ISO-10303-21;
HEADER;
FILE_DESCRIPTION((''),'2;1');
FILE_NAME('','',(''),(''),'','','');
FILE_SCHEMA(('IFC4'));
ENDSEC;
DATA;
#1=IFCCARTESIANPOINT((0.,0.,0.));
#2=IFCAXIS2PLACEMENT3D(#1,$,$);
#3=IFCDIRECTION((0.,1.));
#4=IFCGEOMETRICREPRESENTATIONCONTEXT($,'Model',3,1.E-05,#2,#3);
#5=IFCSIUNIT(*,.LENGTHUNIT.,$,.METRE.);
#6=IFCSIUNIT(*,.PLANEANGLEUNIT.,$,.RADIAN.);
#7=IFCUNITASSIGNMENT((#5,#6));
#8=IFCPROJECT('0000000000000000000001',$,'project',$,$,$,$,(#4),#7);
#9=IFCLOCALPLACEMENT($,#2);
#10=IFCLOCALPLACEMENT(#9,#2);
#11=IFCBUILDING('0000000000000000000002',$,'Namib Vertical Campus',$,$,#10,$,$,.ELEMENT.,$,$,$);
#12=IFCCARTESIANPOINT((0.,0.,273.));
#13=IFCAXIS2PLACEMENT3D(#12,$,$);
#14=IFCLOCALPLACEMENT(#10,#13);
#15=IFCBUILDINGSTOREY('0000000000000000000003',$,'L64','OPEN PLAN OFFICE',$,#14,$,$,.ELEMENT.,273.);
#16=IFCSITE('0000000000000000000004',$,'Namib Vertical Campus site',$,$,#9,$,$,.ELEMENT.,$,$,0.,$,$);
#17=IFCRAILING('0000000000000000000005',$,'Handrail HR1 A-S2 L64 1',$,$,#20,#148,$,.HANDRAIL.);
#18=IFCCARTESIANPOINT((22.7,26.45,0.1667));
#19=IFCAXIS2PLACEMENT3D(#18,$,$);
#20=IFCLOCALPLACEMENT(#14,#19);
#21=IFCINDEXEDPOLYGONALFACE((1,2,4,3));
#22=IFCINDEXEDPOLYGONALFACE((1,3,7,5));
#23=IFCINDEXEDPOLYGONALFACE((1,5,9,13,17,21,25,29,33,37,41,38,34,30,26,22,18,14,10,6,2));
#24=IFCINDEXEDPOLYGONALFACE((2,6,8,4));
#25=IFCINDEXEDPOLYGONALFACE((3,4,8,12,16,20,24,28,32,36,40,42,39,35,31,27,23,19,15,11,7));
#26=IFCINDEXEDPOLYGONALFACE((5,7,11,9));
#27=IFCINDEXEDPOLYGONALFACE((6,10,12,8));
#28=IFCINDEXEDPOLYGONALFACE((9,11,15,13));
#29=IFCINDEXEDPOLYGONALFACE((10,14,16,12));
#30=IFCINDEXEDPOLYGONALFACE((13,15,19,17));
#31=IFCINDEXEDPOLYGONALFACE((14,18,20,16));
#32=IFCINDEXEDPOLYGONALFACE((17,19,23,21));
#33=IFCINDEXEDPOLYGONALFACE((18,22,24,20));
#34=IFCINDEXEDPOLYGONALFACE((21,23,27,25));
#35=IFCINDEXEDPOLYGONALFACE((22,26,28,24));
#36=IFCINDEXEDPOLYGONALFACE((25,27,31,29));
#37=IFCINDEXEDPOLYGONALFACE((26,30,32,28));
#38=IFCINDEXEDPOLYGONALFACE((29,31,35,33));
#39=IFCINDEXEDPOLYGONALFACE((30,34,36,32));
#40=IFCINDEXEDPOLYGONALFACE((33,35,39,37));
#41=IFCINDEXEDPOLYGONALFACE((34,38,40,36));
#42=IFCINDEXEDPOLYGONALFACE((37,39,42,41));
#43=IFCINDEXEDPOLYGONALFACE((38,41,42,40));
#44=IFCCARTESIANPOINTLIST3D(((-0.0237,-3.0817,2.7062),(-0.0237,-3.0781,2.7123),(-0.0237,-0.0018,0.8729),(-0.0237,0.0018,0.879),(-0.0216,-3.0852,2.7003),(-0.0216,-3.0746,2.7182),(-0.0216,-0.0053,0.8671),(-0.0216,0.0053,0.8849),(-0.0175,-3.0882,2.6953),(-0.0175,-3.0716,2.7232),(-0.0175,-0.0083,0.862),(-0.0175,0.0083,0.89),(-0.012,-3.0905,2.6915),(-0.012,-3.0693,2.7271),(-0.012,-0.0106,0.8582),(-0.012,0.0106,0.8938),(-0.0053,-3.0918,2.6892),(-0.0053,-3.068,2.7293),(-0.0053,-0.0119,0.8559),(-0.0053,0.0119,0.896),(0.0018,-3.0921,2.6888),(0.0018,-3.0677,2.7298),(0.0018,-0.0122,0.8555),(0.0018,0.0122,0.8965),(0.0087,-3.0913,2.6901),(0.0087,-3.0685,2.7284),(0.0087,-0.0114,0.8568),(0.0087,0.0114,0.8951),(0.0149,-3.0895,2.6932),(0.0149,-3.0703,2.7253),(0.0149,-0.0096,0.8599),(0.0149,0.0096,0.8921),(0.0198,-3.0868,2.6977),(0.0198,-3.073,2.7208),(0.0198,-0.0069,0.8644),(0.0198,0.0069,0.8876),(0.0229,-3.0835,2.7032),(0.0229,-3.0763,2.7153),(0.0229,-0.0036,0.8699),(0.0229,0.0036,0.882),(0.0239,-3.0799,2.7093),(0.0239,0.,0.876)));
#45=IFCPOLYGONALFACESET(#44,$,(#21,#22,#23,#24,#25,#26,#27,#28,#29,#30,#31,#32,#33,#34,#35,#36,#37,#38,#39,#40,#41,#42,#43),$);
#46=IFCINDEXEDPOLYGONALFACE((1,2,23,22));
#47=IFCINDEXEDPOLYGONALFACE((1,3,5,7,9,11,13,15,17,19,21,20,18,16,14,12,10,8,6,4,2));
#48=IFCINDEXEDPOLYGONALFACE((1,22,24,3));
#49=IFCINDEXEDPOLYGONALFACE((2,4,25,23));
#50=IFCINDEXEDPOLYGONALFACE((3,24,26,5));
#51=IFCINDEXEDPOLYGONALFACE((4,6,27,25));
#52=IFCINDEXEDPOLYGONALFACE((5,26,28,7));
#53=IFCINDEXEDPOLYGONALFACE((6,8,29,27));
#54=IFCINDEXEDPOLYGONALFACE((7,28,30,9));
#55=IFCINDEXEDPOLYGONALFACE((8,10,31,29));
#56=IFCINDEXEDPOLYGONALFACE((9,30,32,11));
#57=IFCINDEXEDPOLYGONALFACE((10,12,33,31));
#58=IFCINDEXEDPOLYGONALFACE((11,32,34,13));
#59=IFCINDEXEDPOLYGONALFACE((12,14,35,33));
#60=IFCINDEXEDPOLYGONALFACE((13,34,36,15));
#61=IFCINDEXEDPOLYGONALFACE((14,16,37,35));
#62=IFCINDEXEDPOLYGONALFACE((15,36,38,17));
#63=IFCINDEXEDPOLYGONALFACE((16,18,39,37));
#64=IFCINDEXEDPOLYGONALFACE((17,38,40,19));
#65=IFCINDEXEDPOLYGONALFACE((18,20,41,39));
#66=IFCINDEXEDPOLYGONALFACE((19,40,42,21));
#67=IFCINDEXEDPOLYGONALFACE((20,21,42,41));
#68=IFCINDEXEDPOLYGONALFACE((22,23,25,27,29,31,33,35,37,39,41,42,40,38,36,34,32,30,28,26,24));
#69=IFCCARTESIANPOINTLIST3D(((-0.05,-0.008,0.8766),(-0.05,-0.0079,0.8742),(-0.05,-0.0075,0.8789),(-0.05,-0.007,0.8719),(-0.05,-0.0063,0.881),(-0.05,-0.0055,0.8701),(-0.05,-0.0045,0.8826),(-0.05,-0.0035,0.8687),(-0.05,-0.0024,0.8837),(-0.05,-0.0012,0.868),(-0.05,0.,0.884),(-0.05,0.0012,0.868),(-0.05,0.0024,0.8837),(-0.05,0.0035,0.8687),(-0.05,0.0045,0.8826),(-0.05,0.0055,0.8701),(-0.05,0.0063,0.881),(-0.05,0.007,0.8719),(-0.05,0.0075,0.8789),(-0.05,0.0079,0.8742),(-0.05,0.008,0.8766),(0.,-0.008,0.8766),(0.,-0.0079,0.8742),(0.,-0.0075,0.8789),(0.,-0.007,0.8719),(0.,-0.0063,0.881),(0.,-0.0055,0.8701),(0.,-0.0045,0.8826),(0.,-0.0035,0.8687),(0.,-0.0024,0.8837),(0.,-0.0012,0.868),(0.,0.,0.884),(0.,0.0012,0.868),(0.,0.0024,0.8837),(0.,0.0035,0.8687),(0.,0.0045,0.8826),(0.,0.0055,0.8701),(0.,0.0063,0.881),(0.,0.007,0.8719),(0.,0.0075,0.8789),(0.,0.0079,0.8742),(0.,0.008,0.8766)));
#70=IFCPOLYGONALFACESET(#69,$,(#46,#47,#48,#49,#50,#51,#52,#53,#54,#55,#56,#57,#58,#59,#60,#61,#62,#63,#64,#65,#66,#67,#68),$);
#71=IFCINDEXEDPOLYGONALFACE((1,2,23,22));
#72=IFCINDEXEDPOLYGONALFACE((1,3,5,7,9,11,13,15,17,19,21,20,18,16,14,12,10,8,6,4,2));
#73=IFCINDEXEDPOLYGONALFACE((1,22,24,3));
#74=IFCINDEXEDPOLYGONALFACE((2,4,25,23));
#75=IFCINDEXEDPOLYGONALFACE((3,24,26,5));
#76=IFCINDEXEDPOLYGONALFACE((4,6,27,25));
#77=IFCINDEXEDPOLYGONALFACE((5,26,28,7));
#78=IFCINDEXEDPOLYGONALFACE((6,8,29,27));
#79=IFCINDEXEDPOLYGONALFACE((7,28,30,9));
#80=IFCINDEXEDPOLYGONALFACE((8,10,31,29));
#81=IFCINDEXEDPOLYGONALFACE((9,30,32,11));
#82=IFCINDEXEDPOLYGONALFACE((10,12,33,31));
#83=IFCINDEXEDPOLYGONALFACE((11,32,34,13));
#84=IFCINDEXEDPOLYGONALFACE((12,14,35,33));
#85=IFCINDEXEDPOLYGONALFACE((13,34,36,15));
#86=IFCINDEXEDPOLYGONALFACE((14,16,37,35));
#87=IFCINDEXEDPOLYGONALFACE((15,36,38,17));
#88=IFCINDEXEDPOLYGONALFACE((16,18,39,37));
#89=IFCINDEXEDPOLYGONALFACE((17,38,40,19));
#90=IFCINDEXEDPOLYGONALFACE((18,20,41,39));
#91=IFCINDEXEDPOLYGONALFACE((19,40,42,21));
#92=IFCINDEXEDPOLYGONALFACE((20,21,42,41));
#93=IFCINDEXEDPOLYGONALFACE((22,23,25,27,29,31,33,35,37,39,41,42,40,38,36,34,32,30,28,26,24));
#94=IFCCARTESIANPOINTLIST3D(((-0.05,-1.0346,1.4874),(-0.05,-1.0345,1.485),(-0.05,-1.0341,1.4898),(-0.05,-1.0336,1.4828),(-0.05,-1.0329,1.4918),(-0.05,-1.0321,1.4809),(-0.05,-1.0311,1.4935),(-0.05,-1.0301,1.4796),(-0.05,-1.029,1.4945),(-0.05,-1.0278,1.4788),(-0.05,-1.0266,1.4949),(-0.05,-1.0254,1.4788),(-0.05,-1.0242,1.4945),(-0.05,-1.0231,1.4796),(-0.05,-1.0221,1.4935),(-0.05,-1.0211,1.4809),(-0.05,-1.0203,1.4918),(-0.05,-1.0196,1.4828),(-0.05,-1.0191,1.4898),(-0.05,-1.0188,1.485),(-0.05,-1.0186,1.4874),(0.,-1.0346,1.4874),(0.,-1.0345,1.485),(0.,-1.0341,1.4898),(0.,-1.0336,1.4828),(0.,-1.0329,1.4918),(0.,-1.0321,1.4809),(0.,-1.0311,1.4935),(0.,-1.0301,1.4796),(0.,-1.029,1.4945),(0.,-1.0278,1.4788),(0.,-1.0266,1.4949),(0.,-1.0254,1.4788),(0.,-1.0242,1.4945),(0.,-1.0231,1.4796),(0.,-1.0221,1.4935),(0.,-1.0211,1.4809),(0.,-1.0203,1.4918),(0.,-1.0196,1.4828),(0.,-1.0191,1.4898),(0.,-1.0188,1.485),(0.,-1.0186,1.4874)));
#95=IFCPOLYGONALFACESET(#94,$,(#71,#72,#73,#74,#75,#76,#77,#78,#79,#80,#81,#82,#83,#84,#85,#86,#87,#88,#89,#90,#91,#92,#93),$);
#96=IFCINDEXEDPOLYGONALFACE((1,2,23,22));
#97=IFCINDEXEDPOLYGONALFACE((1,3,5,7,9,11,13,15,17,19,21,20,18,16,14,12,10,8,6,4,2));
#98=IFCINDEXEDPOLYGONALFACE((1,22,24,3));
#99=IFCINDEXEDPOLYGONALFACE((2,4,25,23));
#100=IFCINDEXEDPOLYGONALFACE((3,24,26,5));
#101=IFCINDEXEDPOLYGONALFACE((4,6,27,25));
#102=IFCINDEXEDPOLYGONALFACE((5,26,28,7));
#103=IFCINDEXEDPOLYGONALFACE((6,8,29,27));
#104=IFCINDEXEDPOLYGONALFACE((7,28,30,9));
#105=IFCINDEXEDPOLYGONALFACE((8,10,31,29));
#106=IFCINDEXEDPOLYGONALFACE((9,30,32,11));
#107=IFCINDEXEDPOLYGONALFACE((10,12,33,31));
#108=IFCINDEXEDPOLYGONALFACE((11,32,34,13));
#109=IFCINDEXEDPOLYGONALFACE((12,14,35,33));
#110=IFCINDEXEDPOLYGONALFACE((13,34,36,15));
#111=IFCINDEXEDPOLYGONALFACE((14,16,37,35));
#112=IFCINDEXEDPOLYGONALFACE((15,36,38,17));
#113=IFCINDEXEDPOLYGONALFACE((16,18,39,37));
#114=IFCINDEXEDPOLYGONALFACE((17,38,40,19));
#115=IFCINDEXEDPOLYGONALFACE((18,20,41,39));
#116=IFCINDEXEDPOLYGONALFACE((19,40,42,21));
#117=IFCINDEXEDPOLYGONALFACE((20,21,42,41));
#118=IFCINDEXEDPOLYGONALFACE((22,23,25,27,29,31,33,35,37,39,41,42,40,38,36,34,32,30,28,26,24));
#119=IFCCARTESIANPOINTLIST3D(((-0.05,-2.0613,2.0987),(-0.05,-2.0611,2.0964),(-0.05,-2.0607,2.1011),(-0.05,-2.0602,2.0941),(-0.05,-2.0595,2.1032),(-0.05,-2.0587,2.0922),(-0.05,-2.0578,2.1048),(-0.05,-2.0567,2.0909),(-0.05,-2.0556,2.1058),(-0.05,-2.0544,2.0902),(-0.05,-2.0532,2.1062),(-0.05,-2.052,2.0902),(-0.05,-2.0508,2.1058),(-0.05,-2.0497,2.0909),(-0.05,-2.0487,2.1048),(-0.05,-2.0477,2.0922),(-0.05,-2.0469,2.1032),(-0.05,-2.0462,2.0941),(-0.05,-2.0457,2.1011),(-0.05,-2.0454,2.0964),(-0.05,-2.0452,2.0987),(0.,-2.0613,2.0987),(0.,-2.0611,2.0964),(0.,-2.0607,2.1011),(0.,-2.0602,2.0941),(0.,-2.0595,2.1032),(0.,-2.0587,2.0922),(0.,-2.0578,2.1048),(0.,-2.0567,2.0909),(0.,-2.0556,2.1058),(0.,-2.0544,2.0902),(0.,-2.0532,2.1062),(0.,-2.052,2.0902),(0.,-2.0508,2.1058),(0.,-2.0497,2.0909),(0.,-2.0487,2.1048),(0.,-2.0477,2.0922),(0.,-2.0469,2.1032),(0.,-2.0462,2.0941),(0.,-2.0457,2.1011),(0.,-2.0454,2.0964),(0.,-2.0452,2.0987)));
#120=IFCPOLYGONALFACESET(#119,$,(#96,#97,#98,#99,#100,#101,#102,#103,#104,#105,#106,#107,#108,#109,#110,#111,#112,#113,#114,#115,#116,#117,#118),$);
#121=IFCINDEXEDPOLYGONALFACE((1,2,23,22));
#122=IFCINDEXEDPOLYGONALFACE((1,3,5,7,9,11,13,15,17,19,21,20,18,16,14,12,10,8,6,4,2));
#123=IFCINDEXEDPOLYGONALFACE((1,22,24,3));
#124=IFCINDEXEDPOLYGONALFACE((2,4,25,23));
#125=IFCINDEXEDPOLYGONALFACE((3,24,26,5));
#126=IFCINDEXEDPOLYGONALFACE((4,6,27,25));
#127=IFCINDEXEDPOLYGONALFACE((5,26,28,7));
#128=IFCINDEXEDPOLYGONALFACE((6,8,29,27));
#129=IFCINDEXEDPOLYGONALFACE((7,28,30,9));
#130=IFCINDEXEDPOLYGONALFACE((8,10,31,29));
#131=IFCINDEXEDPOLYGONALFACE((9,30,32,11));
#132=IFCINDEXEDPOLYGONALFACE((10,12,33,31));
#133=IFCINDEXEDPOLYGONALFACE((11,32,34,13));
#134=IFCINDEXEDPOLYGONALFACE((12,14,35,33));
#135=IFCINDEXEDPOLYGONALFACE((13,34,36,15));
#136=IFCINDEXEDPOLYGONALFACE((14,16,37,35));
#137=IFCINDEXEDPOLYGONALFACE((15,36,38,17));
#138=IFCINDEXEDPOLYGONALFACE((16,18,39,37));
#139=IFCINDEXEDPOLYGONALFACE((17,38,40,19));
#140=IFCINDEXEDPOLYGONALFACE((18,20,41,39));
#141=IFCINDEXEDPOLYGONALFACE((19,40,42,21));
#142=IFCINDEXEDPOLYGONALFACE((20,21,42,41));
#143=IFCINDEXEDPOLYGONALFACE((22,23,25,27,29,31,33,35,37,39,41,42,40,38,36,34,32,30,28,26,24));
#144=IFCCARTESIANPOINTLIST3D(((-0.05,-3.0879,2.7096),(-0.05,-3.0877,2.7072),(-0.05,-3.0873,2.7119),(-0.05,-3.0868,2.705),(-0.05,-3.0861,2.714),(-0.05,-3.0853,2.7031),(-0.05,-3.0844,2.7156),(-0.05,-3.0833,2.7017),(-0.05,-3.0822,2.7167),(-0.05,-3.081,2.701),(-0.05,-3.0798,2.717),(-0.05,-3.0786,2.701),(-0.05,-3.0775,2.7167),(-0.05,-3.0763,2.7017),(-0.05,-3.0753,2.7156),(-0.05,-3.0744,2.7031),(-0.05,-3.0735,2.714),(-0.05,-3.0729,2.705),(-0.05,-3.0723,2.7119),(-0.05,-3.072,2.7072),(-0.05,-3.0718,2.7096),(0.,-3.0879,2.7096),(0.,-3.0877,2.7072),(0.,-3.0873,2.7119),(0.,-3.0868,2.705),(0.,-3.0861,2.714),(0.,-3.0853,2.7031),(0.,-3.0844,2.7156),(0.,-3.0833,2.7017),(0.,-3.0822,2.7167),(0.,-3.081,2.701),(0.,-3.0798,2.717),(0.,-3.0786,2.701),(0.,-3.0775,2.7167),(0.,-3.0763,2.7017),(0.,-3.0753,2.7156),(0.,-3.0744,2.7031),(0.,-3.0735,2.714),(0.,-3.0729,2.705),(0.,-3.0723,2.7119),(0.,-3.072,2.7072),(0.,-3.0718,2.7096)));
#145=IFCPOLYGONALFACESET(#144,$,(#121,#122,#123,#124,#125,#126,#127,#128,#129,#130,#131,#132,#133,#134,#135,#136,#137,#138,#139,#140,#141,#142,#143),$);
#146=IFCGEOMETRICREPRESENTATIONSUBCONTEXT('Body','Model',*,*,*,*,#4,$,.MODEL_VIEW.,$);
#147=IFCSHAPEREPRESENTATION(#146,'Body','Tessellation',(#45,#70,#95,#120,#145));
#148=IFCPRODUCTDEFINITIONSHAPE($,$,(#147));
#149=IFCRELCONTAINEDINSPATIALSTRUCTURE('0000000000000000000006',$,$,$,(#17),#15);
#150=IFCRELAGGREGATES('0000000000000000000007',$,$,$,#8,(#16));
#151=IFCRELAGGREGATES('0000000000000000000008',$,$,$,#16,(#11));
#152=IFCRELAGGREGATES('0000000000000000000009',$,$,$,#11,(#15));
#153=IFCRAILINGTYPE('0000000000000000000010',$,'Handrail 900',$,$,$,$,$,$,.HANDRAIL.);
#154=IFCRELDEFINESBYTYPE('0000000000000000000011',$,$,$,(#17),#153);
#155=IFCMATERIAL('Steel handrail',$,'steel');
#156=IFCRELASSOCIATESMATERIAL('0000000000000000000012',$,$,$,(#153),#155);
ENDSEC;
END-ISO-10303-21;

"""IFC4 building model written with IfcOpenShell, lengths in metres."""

from ifc_helpers import new_model, si_unit, direction, frame, origin, origin_2d, place, context, subcontext, project, spatial, circle, extrude, material, type_object, element, save


model = new_model("IFC4")

# Units and contexts
model_context = context("Model", 3, precision=1e-05, world=origin(), true_north=direction((0.0, 1.0)))
body_context = subcontext(model_context, "Body", "Model", "MODEL_VIEW")
ifc_project = project(units=[si_unit("LENGTHUNIT", "METRE"), si_unit("PLANEANGLEUNIT", "RADIAN")], contexts=[model_context])

# Site, building, storey
site_placement = place(None, origin())
site = spatial("IfcSite", under=ifc_project, at=site_placement, Name="Namib Vertical Campus site", CompositionType="ELEMENT", RefElevation=0.0)
building_placement = place(site_placement, origin())
building = spatial("IfcBuilding", under=site, at=building_placement, Name="Namib Vertical Campus", CompositionType="ELEMENT")
storey_placement = place(building_placement, frame((0.0, 0.0, 273.0)))
storey = spatial("IfcBuildingStorey", under=building, at=storey_placement, Name="L64", Description="OPEN PLAN OFFICE", CompositionType="ELEMENT", Elevation=273.0)

# Railing
ifc_material_1 = material(Name="Steel handrail", Category="steel")
railing_type_1 = type_object("IfcRailingType", Name="Handrail 900", PredefinedType="HANDRAIL", material=ifc_material_1)
railing_1_placement = place(storey_placement, frame((22.7, 26.45, 0.1667)))
element("IfcRailing", 1, at=railing_1_placement, inside=storey, type_object=railing_type_1, Name="Handrail HR1 A-S2 L64 1", PredefinedType="HANDRAIL", context=body_context, shape_type="SweptSolid", body=[
    extrude(circle(Radius=0.0239, at=origin_2d()), frame((0.0, 0.0, 0.876), z_axis=(0.0, -0.859291, 0.511487), x_axis=(1.0, 0.0, 0.0)), (0.0, 0.0, 1.0), 3.5842),
    extrude(circle(Radius=0.0081, at=origin_2d()), frame((0.0, 0.0, 0.876), z_axis=(-1.0, 0.0, 0.0), x_axis=(0.0, 0.0, 1.0)), (0.0, 0.0, 1.0), 0.05),
    extrude(circle(Radius=0.0081, at=origin_2d()), frame((0.0, -1.0266, 1.4868), z_axis=(-1.0, 0.0, 0.0), x_axis=(0.0, 0.0, 1.0)), (0.0, 0.0, 1.0), 0.05),
    extrude(circle(Radius=0.0081, at=origin_2d()), frame((0.0, -2.0532, 2.0981), z_axis=(-1.0, 0.0, 0.0), x_axis=(0.0, 0.0, 1.0)), (0.0, 0.0, 1.0), 0.05),
    extrude(circle(Radius=0.0081, at=origin_2d()), frame((0.0, -3.0798, 2.709), z_axis=(-1.0, 0.0, 0.0), x_axis=(0.0, 0.0, 1.0)), (0.0, 0.0, 1.0), 0.05),
])

save(model, "model.ifc")
